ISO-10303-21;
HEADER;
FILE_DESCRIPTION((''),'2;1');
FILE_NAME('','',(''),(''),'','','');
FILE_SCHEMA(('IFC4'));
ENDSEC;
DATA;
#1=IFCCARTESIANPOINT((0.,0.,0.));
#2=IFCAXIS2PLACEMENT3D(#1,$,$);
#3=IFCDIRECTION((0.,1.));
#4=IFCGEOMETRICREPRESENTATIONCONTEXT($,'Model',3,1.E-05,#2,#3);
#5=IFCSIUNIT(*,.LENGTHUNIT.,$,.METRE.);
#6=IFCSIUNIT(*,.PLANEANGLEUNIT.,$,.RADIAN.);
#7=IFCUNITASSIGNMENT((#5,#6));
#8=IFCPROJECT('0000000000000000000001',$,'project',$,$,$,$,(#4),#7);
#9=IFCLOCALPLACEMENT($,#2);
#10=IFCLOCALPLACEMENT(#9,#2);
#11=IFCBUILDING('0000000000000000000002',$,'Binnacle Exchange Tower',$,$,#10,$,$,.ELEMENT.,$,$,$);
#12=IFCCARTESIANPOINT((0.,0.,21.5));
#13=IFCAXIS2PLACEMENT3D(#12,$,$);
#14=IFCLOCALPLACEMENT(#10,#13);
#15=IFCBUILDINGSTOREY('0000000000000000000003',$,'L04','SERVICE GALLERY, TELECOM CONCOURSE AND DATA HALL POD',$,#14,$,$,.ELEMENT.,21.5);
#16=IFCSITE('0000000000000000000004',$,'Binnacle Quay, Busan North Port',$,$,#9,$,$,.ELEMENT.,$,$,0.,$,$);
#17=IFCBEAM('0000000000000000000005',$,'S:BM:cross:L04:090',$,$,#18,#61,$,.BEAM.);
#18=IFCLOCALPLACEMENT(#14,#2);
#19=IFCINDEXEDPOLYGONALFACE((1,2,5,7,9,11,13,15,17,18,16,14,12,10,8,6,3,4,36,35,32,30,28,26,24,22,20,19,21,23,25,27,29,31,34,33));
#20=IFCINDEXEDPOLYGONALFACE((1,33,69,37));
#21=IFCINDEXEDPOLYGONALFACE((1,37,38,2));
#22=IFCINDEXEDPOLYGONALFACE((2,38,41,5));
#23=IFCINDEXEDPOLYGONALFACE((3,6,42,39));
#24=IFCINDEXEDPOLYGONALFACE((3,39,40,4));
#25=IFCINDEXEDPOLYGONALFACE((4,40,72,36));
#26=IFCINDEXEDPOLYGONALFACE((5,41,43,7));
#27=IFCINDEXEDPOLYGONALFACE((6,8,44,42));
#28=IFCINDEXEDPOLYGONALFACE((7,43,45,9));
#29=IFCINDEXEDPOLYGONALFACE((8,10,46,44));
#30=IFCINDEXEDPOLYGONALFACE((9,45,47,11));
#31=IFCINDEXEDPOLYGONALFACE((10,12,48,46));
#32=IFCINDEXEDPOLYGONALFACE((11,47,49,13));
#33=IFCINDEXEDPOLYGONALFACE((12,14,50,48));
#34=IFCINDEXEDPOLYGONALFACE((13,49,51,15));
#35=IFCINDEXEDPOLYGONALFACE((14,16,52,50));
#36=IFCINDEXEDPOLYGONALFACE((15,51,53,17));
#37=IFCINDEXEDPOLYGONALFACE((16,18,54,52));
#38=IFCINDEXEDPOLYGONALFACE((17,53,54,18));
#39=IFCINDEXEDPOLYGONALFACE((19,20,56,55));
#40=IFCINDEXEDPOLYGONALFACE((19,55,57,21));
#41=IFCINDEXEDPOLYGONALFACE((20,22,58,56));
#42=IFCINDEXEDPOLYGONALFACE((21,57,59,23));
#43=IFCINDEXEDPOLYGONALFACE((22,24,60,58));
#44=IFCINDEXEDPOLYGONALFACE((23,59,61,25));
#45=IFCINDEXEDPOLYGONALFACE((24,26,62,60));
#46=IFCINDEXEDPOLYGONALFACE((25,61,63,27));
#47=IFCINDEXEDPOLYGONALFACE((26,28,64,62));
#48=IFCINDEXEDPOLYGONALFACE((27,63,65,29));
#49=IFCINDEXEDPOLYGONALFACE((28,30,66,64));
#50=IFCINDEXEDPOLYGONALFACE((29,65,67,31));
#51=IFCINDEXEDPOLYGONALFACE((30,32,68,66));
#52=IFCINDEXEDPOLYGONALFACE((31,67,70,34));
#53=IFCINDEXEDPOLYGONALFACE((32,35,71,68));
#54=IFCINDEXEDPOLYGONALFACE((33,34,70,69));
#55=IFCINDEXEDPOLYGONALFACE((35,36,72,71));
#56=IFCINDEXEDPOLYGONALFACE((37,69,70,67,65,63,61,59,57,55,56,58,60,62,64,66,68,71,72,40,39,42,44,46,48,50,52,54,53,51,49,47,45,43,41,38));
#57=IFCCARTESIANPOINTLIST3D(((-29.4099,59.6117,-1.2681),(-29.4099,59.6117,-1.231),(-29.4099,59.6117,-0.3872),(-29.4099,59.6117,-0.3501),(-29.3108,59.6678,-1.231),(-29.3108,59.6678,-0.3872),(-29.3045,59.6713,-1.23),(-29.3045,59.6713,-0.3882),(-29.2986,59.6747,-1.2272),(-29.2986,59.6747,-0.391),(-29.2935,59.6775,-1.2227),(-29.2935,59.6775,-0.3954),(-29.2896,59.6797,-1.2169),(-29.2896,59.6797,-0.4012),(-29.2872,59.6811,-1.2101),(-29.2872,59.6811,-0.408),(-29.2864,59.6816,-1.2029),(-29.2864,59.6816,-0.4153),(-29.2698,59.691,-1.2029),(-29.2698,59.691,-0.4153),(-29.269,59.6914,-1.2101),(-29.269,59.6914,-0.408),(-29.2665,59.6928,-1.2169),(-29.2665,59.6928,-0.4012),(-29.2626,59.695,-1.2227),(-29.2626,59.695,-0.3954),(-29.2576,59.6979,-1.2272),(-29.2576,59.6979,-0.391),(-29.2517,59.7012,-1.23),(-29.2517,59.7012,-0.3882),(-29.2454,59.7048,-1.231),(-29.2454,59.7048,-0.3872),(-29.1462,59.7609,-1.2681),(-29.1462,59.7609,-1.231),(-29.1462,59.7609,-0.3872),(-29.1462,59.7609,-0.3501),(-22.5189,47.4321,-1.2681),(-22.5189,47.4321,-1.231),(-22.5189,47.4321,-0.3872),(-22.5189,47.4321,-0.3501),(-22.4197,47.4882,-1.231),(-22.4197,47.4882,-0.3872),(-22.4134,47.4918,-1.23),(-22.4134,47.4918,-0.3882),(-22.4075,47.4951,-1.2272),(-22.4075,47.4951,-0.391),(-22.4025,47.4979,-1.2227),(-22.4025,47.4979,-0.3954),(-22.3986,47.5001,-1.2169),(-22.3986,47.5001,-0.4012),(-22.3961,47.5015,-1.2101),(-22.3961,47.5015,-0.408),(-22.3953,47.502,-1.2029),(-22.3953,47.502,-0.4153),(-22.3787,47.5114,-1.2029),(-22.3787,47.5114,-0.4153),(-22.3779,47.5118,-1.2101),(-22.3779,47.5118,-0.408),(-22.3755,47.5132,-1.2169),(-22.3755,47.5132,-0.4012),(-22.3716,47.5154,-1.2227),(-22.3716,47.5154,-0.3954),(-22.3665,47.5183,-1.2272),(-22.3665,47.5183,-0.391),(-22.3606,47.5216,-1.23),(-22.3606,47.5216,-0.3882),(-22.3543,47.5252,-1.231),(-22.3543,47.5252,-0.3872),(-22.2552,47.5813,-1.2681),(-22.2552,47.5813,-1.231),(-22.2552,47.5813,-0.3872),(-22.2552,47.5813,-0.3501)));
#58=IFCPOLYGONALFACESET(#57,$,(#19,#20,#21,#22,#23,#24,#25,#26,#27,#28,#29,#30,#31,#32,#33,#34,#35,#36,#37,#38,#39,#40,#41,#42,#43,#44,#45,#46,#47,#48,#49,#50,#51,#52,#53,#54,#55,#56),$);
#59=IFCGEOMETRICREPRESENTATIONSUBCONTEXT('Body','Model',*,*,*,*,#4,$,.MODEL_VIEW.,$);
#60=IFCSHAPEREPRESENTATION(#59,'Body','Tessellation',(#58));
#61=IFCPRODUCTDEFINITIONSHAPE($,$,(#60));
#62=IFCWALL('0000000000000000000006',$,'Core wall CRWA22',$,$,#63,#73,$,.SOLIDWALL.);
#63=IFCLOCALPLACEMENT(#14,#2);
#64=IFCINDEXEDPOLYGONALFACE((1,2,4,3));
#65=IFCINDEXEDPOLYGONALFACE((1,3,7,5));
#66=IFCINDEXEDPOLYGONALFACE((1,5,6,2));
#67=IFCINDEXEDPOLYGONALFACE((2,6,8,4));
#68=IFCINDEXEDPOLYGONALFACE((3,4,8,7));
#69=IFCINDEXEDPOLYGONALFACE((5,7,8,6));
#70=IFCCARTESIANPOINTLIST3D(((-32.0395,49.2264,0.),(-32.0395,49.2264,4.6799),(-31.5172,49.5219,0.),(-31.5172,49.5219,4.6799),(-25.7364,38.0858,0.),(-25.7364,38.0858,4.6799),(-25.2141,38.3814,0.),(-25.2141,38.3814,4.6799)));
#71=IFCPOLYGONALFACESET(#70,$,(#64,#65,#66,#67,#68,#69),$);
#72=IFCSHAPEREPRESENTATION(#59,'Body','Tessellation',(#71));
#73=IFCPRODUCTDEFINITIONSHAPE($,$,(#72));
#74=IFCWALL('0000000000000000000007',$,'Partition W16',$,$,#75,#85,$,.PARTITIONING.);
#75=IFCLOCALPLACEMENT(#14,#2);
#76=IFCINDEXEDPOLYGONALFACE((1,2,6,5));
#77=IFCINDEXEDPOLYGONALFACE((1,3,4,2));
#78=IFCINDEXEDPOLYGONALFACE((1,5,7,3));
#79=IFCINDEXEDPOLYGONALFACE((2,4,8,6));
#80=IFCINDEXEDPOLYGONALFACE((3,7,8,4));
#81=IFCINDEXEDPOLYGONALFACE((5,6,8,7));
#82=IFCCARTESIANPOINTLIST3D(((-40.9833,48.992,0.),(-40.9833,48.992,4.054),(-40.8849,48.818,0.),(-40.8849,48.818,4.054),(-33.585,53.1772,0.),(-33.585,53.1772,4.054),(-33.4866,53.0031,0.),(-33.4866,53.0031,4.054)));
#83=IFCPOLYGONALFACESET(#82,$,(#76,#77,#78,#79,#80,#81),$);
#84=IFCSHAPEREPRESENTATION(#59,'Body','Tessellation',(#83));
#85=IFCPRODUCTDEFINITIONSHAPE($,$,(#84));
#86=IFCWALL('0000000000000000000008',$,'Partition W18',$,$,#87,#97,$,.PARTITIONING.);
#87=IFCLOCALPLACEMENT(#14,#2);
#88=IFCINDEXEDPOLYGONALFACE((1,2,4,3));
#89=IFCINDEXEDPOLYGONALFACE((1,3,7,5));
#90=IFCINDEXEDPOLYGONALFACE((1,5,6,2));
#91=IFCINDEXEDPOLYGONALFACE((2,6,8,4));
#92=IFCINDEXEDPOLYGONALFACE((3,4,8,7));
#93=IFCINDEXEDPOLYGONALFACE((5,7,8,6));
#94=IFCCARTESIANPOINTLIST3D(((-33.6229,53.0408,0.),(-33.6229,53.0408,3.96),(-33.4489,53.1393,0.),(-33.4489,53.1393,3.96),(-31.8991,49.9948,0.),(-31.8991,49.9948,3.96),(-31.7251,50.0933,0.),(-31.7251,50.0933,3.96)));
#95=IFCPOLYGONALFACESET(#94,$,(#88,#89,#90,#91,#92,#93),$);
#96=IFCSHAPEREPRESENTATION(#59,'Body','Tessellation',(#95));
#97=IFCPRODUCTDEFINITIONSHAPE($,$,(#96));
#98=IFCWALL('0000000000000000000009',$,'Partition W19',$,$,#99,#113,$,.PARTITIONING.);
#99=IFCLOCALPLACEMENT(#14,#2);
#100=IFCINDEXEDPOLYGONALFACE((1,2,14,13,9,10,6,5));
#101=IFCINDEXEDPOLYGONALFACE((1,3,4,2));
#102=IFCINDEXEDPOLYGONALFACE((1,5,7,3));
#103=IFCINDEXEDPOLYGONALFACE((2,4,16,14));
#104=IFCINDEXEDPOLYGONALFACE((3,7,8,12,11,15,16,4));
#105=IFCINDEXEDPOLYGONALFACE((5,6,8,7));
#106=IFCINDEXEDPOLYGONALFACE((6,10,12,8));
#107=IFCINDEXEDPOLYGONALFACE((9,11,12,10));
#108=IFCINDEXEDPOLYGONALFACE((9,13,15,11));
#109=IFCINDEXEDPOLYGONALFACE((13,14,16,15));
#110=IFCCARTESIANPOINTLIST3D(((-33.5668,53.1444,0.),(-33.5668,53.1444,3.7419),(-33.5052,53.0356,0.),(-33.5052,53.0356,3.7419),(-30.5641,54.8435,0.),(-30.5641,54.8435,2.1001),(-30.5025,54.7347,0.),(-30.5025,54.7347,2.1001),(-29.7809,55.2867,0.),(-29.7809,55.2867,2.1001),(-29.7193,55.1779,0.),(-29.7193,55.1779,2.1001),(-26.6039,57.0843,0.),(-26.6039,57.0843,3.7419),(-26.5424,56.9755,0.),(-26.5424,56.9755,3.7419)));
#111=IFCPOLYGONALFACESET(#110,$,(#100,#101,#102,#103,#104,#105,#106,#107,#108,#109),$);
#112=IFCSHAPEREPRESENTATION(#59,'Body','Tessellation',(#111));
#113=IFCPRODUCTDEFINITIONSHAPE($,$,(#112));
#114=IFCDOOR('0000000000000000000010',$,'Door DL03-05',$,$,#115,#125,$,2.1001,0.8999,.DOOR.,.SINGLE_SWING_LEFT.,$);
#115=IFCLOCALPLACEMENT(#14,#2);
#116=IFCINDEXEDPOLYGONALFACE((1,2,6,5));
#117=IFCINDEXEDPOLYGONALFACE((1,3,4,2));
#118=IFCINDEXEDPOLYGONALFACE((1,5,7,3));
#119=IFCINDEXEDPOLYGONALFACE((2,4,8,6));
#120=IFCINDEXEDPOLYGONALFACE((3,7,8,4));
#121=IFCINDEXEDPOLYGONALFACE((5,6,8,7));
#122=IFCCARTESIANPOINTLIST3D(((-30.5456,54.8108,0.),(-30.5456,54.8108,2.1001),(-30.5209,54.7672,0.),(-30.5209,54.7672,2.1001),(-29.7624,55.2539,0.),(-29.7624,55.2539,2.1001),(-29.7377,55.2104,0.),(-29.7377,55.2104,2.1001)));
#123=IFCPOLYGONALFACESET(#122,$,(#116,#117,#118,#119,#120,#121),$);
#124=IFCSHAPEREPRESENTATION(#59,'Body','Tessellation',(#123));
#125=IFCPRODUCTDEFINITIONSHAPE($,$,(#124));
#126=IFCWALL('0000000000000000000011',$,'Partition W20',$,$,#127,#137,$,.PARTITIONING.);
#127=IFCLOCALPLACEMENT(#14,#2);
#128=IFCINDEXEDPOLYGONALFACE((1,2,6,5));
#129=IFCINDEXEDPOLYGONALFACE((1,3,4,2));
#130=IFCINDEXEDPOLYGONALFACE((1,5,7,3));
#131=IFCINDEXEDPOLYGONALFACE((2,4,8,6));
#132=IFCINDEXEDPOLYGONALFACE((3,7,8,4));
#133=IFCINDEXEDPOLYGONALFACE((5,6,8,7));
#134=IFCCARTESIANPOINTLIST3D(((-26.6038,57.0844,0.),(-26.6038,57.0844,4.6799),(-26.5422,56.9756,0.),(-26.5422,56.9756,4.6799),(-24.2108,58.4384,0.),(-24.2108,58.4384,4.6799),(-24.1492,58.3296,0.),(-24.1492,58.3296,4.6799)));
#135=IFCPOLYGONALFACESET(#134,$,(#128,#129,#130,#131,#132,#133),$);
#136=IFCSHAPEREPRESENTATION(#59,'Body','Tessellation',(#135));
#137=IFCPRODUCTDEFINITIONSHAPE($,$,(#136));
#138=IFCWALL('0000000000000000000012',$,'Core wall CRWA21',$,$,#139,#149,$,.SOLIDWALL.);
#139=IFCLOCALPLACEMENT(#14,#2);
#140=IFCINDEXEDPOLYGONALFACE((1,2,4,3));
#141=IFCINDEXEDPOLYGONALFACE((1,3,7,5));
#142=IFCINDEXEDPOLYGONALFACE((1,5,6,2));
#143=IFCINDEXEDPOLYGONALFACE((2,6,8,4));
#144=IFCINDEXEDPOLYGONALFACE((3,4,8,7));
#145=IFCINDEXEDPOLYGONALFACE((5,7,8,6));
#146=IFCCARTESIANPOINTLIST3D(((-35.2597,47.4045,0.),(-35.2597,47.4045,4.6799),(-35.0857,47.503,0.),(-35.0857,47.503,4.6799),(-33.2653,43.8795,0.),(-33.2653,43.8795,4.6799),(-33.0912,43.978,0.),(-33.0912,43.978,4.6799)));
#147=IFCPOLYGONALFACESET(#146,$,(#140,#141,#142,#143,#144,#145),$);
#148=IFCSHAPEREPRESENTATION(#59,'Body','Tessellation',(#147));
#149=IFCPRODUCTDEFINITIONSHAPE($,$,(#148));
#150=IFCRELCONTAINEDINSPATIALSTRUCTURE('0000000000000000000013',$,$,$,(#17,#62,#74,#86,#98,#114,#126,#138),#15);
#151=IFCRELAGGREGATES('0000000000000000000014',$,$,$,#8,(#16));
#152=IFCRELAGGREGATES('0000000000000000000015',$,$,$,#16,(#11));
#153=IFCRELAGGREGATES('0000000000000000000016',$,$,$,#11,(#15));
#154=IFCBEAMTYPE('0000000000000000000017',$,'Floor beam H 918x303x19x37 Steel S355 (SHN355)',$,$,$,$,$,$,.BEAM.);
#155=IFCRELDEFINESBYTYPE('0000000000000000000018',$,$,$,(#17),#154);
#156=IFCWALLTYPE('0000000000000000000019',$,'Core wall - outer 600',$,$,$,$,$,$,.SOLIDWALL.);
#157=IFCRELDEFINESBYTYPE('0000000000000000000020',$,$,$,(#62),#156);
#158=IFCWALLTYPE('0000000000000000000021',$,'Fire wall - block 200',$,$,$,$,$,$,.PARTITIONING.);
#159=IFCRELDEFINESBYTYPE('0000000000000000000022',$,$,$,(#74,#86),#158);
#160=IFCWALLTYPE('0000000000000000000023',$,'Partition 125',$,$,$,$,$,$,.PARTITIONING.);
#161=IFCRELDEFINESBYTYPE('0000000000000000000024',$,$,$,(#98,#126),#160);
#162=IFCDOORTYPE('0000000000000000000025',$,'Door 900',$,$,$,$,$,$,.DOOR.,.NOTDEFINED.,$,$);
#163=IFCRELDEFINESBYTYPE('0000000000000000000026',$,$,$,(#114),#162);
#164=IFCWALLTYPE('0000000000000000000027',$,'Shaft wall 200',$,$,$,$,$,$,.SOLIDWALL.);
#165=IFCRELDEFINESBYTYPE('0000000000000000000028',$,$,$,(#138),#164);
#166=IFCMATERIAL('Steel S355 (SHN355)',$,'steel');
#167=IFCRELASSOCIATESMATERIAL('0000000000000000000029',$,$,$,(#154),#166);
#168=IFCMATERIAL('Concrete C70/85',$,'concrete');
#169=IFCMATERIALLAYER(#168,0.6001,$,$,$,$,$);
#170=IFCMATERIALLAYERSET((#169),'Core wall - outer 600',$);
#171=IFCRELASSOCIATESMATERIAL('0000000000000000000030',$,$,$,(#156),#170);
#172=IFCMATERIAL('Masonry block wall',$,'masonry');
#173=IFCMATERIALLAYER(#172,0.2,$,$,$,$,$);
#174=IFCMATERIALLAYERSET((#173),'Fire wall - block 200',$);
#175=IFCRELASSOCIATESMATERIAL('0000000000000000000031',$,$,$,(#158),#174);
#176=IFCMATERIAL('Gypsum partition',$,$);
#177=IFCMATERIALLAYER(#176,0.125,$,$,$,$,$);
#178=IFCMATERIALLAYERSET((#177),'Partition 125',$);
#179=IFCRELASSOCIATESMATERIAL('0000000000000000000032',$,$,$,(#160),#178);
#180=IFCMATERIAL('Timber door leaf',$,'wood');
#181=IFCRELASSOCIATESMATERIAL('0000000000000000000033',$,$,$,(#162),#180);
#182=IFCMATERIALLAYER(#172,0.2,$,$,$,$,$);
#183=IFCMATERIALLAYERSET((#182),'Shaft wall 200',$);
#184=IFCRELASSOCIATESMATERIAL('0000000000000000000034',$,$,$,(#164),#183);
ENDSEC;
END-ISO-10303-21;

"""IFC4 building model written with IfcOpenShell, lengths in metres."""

from ifc_helpers import new_model, si_unit, direction, frame, frame_2d, origin, origin_2d, place, context, subcontext, project, spatial, rectangle, i_section, extrude, material, layer, layer_set, material_profile, profile_set, type_object, element, fill, save


model = new_model("IFC4")

# Units and contexts
model_context = context("Model", 3, precision=1e-05, world=origin(), true_north=direction((0.0, 1.0)))
body_context = subcontext(model_context, "Body", "Model", "MODEL_VIEW")
ifc_project = project(units=[si_unit("LENGTHUNIT", "METRE"), si_unit("PLANEANGLEUNIT", "RADIAN")], contexts=[model_context])

# Site, building, storey
site_placement = place(None, origin())
site = spatial("IfcSite", under=ifc_project, at=site_placement, Name="Binnacle Quay, Busan North Port", CompositionType="ELEMENT", RefElevation=0.0)
building_placement = place(site_placement, origin())
building = spatial("IfcBuilding", under=site, at=building_placement, Name="Binnacle Exchange Tower", CompositionType="ELEMENT")
storey_placement = place(building_placement, frame((0.0, 0.0, 21.5)))
storey = spatial("IfcBuildingStorey", under=building, at=storey_placement, Name="L04", Description="SERVICE GALLERY, TELECOM CONCOURSE AND DATA HALL POD", CompositionType="ELEMENT", Elevation=21.5)

# Shared definitions
ifc_material_1 = material(Name="Concrete C70/85", Category="concrete")

# Beam
ifc_material_2 = material(Name="Steel S355 (SHN355)", Category="steel")
ifc_material_profile_1 = material_profile(ifc_material_2, i_section(OverallWidth=0.303, OverallDepth=0.918, WebThickness=0.019, FlangeThickness=0.0371, FilletRadius=0.0281, at=origin_2d()), Name="H 918x303x19x37")
ifc_profile_set_1 = profile_set([ifc_material_profile_1], Name="Steel S355 (SHN355)")
beam_type_1 = type_object("IfcBeamType", Name="Floor beam H 918x303x19x37 Steel S355 (SHN355)", PredefinedType="BEAM", material=ifc_profile_set_1)
beam_1_placement = place(storey_placement, frame((-29.2781, 59.6863, -0.8091), z_axis=(0.492433, -0.87035, 0.0), x_axis=(0.87035, 0.492433, 0.0)))
element("IfcBeam", 1, at=beam_1_placement, inside=storey, type_object=beam_type_1, Name="S:BM:cross:L04:090", PredefinedType="BEAM", context=body_context, shape_type="SweptSolid", body=[
    extrude(i_section(OverallWidth=0.303, OverallDepth=0.918, WebThickness=0.019, FlangeThickness=0.0371, FilletRadius=0.0281, at=origin_2d()), origin(), (0.0, 0.0, 1.0), 13.9939),
])

# Walls
ifc_layer_1 = layer(ifc_material_1, 0.6001)
ifc_layer_set_1 = layer_set([ifc_layer_1], Name="Core wall - outer 600")
wall_type_1 = type_object("IfcWallType", Name="Core wall - outer 600", PredefinedType="SOLIDWALL", material=ifc_layer_set_1)
wall_1_placement = place(storey_placement, frame((-31.7783, 49.374, 0.0), z_axis=(0.0, 0.0, 1.0), x_axis=(0.492433, -0.87035, 0.0)))
element("IfcWall", 2, at=wall_1_placement, inside=storey, type_object=wall_type_1, Name="Core wall CRWA22", PredefinedType="SOLIDWALL", context=body_context, shape_type="SweptSolid", body=[
    extrude(rectangle(XDim=12.8, YDim=0.6001, at=frame_2d((6.3999, 0.0))), origin(), (0.0, 0.0, 1.0), 4.6799),
])
ifc_material_3 = material(Name="Masonry block wall", Category="masonry")
ifc_layer_2 = layer(ifc_material_3, 0.2)
ifc_layer_set_2 = layer_set([ifc_layer_2], Name="Fire wall - block 200")
wall_type_2 = type_object("IfcWallType", Name="Fire wall - block 200", PredefinedType="PARTITIONING", material=ifc_layer_set_2)
wall_2_placement = place(storey_placement, frame((-40.9341, 48.905, 0.0), z_axis=(0.0, 0.0, 1.0), x_axis=(0.870388, 0.492367, 0.0)))
element("IfcWall", 3, at=wall_2_placement, inside=storey, type_object=wall_type_2, Name="Partition W16", PredefinedType="PARTITIONING", context=body_context, shape_type="SweptSolid", body=[
    extrude(rectangle(XDim=8.5, YDim=0.2, at=frame_2d((4.25, 0.0))), origin(), (0.0, 0.0, 1.0), 4.054),
])
wall_3_placement = place(storey_placement, frame((-33.5359, 53.0901, 0.0), z_axis=(0.0, 0.0, 1.0), x_axis=(0.492521, -0.8703, 0.0)))
element("IfcWall", 4, at=wall_3_placement, inside=storey, type_object=wall_type_2, Name="Partition W18", PredefinedType="PARTITIONING", context=body_context, shape_type="SweptSolid", body=[
    extrude(rectangle(XDim=3.5, YDim=0.2, at=frame_2d((1.75, 0.0))), origin(), (0.0, 0.0, 1.0), 3.96),
])

# Wall, opening, door
ifc_material_4 = material(Name="Gypsum partition")
ifc_layer_3 = layer(ifc_material_4, 0.125)
ifc_layer_set_3 = layer_set([ifc_layer_3], Name="Partition 125")
wall_type_3 = type_object("IfcWallType", Name="Partition 125", PredefinedType="PARTITIONING", material=ifc_layer_set_3)
wall_4_placement = place(storey_placement, frame((-33.5359, 53.0901, 0.0), z_axis=(0.0, 0.0, 1.0), x_axis=(0.870327, 0.492473, 0.0)))
wall_4 = element("IfcWall", 5, at=wall_4_placement, inside=storey, type_object=wall_type_3, Name="Partition W19", PredefinedType="PARTITIONING", context=body_context, shape_type="SweptSolid", body=[
    extrude(rectangle(XDim=8.0002, YDim=0.125, at=frame_2d((4.0, 0.0))), origin(), (0.0, 0.0, 1.0), 3.7419),
])
opening_placement = place(wall_4_placement, frame((3.45, 0.0, 0.0)))
opening = element("IfcOpeningElement", 6, at=opening_placement, cuts=wall_4, PredefinedType="OPENING", context=body_context, shape_type="SweptSolid", body=[
    extrude(rectangle(XDim=0.8999, YDim=2.1001, at=frame_2d((0.45, 1.05))), frame((0.0, 0.0725, 0.0), z_axis=(0.0, -1.0, 0.0), x_axis=(1.0, 0.0, 0.0)), (0.0, 0.0, 1.0), 0.145),
])
ifc_material_5 = material(Name="Timber door leaf", Category="wood")
door_type = type_object("IfcDoorType", Name="Door 900", OperationType="NOTDEFINED", PredefinedType="DOOR", material=ifc_material_5)
door_placement = place(opening_placement, origin())
door = element("IfcDoor", 7, at=door_placement, inside=storey, type_object=door_type, Name="Door DL03-05", OperationType="SINGLE_SWING_LEFT", OverallHeight=2.1001, OverallWidth=0.8999, PredefinedType="DOOR", context=body_context, shape_type="SweptSolid", body=[
    extrude(rectangle(XDim=0.8999, YDim=2.1001, at=frame_2d((0.45, 1.05))), frame((0.0, 0.0249, 0.0), z_axis=(0.0, -1.0, 0.0), x_axis=(1.0, 0.0, 0.0)), (0.0, 0.0, 1.0), 0.05),
])
fill(opening, door)

# Walls
wall_5_placement = place(storey_placement, frame((-26.573, 57.03, 0.0), z_axis=(0.0, 0.0, 1.0), x_axis=(0.870344, 0.492443, 0.0)))
element("IfcWall", 8, at=wall_5_placement, inside=storey, type_object=wall_type_3, Name="Partition W20", PredefinedType="PARTITIONING", context=body_context, shape_type="SweptSolid", body=[
    extrude(rectangle(XDim=2.7495, YDim=0.125, at=frame_2d((1.3748, 0.0))), origin(), (0.0, 0.0, 1.0), 4.6799),
])
ifc_layer_4 = layer(ifc_material_3, 0.2)
ifc_layer_set_4 = layer_set([ifc_layer_4], Name="Shaft wall 200")
wall_type_4 = type_object("IfcWallType", Name="Shaft wall 200", PredefinedType="SOLIDWALL", material=ifc_layer_set_4)
wall_6_placement = place(storey_placement, frame((-35.1726, 47.4536, 0.0), z_axis=(0.0, 0.0, 1.0), x_axis=(0.492441, -0.870346, 0.0)))
element("IfcWall", 9, at=wall_6_placement, inside=storey, type_object=wall_type_4, Name="Core wall CRWA21", PredefinedType="SOLIDWALL", context=body_context, shape_type="SweptSolid", body=[
    extrude(rectangle(XDim=4.05, YDim=0.2, at=frame_2d((2.0249, 0.0))), origin(), (0.0, 0.0, 1.0), 4.6799),
])

save(model, "model.ifc")
